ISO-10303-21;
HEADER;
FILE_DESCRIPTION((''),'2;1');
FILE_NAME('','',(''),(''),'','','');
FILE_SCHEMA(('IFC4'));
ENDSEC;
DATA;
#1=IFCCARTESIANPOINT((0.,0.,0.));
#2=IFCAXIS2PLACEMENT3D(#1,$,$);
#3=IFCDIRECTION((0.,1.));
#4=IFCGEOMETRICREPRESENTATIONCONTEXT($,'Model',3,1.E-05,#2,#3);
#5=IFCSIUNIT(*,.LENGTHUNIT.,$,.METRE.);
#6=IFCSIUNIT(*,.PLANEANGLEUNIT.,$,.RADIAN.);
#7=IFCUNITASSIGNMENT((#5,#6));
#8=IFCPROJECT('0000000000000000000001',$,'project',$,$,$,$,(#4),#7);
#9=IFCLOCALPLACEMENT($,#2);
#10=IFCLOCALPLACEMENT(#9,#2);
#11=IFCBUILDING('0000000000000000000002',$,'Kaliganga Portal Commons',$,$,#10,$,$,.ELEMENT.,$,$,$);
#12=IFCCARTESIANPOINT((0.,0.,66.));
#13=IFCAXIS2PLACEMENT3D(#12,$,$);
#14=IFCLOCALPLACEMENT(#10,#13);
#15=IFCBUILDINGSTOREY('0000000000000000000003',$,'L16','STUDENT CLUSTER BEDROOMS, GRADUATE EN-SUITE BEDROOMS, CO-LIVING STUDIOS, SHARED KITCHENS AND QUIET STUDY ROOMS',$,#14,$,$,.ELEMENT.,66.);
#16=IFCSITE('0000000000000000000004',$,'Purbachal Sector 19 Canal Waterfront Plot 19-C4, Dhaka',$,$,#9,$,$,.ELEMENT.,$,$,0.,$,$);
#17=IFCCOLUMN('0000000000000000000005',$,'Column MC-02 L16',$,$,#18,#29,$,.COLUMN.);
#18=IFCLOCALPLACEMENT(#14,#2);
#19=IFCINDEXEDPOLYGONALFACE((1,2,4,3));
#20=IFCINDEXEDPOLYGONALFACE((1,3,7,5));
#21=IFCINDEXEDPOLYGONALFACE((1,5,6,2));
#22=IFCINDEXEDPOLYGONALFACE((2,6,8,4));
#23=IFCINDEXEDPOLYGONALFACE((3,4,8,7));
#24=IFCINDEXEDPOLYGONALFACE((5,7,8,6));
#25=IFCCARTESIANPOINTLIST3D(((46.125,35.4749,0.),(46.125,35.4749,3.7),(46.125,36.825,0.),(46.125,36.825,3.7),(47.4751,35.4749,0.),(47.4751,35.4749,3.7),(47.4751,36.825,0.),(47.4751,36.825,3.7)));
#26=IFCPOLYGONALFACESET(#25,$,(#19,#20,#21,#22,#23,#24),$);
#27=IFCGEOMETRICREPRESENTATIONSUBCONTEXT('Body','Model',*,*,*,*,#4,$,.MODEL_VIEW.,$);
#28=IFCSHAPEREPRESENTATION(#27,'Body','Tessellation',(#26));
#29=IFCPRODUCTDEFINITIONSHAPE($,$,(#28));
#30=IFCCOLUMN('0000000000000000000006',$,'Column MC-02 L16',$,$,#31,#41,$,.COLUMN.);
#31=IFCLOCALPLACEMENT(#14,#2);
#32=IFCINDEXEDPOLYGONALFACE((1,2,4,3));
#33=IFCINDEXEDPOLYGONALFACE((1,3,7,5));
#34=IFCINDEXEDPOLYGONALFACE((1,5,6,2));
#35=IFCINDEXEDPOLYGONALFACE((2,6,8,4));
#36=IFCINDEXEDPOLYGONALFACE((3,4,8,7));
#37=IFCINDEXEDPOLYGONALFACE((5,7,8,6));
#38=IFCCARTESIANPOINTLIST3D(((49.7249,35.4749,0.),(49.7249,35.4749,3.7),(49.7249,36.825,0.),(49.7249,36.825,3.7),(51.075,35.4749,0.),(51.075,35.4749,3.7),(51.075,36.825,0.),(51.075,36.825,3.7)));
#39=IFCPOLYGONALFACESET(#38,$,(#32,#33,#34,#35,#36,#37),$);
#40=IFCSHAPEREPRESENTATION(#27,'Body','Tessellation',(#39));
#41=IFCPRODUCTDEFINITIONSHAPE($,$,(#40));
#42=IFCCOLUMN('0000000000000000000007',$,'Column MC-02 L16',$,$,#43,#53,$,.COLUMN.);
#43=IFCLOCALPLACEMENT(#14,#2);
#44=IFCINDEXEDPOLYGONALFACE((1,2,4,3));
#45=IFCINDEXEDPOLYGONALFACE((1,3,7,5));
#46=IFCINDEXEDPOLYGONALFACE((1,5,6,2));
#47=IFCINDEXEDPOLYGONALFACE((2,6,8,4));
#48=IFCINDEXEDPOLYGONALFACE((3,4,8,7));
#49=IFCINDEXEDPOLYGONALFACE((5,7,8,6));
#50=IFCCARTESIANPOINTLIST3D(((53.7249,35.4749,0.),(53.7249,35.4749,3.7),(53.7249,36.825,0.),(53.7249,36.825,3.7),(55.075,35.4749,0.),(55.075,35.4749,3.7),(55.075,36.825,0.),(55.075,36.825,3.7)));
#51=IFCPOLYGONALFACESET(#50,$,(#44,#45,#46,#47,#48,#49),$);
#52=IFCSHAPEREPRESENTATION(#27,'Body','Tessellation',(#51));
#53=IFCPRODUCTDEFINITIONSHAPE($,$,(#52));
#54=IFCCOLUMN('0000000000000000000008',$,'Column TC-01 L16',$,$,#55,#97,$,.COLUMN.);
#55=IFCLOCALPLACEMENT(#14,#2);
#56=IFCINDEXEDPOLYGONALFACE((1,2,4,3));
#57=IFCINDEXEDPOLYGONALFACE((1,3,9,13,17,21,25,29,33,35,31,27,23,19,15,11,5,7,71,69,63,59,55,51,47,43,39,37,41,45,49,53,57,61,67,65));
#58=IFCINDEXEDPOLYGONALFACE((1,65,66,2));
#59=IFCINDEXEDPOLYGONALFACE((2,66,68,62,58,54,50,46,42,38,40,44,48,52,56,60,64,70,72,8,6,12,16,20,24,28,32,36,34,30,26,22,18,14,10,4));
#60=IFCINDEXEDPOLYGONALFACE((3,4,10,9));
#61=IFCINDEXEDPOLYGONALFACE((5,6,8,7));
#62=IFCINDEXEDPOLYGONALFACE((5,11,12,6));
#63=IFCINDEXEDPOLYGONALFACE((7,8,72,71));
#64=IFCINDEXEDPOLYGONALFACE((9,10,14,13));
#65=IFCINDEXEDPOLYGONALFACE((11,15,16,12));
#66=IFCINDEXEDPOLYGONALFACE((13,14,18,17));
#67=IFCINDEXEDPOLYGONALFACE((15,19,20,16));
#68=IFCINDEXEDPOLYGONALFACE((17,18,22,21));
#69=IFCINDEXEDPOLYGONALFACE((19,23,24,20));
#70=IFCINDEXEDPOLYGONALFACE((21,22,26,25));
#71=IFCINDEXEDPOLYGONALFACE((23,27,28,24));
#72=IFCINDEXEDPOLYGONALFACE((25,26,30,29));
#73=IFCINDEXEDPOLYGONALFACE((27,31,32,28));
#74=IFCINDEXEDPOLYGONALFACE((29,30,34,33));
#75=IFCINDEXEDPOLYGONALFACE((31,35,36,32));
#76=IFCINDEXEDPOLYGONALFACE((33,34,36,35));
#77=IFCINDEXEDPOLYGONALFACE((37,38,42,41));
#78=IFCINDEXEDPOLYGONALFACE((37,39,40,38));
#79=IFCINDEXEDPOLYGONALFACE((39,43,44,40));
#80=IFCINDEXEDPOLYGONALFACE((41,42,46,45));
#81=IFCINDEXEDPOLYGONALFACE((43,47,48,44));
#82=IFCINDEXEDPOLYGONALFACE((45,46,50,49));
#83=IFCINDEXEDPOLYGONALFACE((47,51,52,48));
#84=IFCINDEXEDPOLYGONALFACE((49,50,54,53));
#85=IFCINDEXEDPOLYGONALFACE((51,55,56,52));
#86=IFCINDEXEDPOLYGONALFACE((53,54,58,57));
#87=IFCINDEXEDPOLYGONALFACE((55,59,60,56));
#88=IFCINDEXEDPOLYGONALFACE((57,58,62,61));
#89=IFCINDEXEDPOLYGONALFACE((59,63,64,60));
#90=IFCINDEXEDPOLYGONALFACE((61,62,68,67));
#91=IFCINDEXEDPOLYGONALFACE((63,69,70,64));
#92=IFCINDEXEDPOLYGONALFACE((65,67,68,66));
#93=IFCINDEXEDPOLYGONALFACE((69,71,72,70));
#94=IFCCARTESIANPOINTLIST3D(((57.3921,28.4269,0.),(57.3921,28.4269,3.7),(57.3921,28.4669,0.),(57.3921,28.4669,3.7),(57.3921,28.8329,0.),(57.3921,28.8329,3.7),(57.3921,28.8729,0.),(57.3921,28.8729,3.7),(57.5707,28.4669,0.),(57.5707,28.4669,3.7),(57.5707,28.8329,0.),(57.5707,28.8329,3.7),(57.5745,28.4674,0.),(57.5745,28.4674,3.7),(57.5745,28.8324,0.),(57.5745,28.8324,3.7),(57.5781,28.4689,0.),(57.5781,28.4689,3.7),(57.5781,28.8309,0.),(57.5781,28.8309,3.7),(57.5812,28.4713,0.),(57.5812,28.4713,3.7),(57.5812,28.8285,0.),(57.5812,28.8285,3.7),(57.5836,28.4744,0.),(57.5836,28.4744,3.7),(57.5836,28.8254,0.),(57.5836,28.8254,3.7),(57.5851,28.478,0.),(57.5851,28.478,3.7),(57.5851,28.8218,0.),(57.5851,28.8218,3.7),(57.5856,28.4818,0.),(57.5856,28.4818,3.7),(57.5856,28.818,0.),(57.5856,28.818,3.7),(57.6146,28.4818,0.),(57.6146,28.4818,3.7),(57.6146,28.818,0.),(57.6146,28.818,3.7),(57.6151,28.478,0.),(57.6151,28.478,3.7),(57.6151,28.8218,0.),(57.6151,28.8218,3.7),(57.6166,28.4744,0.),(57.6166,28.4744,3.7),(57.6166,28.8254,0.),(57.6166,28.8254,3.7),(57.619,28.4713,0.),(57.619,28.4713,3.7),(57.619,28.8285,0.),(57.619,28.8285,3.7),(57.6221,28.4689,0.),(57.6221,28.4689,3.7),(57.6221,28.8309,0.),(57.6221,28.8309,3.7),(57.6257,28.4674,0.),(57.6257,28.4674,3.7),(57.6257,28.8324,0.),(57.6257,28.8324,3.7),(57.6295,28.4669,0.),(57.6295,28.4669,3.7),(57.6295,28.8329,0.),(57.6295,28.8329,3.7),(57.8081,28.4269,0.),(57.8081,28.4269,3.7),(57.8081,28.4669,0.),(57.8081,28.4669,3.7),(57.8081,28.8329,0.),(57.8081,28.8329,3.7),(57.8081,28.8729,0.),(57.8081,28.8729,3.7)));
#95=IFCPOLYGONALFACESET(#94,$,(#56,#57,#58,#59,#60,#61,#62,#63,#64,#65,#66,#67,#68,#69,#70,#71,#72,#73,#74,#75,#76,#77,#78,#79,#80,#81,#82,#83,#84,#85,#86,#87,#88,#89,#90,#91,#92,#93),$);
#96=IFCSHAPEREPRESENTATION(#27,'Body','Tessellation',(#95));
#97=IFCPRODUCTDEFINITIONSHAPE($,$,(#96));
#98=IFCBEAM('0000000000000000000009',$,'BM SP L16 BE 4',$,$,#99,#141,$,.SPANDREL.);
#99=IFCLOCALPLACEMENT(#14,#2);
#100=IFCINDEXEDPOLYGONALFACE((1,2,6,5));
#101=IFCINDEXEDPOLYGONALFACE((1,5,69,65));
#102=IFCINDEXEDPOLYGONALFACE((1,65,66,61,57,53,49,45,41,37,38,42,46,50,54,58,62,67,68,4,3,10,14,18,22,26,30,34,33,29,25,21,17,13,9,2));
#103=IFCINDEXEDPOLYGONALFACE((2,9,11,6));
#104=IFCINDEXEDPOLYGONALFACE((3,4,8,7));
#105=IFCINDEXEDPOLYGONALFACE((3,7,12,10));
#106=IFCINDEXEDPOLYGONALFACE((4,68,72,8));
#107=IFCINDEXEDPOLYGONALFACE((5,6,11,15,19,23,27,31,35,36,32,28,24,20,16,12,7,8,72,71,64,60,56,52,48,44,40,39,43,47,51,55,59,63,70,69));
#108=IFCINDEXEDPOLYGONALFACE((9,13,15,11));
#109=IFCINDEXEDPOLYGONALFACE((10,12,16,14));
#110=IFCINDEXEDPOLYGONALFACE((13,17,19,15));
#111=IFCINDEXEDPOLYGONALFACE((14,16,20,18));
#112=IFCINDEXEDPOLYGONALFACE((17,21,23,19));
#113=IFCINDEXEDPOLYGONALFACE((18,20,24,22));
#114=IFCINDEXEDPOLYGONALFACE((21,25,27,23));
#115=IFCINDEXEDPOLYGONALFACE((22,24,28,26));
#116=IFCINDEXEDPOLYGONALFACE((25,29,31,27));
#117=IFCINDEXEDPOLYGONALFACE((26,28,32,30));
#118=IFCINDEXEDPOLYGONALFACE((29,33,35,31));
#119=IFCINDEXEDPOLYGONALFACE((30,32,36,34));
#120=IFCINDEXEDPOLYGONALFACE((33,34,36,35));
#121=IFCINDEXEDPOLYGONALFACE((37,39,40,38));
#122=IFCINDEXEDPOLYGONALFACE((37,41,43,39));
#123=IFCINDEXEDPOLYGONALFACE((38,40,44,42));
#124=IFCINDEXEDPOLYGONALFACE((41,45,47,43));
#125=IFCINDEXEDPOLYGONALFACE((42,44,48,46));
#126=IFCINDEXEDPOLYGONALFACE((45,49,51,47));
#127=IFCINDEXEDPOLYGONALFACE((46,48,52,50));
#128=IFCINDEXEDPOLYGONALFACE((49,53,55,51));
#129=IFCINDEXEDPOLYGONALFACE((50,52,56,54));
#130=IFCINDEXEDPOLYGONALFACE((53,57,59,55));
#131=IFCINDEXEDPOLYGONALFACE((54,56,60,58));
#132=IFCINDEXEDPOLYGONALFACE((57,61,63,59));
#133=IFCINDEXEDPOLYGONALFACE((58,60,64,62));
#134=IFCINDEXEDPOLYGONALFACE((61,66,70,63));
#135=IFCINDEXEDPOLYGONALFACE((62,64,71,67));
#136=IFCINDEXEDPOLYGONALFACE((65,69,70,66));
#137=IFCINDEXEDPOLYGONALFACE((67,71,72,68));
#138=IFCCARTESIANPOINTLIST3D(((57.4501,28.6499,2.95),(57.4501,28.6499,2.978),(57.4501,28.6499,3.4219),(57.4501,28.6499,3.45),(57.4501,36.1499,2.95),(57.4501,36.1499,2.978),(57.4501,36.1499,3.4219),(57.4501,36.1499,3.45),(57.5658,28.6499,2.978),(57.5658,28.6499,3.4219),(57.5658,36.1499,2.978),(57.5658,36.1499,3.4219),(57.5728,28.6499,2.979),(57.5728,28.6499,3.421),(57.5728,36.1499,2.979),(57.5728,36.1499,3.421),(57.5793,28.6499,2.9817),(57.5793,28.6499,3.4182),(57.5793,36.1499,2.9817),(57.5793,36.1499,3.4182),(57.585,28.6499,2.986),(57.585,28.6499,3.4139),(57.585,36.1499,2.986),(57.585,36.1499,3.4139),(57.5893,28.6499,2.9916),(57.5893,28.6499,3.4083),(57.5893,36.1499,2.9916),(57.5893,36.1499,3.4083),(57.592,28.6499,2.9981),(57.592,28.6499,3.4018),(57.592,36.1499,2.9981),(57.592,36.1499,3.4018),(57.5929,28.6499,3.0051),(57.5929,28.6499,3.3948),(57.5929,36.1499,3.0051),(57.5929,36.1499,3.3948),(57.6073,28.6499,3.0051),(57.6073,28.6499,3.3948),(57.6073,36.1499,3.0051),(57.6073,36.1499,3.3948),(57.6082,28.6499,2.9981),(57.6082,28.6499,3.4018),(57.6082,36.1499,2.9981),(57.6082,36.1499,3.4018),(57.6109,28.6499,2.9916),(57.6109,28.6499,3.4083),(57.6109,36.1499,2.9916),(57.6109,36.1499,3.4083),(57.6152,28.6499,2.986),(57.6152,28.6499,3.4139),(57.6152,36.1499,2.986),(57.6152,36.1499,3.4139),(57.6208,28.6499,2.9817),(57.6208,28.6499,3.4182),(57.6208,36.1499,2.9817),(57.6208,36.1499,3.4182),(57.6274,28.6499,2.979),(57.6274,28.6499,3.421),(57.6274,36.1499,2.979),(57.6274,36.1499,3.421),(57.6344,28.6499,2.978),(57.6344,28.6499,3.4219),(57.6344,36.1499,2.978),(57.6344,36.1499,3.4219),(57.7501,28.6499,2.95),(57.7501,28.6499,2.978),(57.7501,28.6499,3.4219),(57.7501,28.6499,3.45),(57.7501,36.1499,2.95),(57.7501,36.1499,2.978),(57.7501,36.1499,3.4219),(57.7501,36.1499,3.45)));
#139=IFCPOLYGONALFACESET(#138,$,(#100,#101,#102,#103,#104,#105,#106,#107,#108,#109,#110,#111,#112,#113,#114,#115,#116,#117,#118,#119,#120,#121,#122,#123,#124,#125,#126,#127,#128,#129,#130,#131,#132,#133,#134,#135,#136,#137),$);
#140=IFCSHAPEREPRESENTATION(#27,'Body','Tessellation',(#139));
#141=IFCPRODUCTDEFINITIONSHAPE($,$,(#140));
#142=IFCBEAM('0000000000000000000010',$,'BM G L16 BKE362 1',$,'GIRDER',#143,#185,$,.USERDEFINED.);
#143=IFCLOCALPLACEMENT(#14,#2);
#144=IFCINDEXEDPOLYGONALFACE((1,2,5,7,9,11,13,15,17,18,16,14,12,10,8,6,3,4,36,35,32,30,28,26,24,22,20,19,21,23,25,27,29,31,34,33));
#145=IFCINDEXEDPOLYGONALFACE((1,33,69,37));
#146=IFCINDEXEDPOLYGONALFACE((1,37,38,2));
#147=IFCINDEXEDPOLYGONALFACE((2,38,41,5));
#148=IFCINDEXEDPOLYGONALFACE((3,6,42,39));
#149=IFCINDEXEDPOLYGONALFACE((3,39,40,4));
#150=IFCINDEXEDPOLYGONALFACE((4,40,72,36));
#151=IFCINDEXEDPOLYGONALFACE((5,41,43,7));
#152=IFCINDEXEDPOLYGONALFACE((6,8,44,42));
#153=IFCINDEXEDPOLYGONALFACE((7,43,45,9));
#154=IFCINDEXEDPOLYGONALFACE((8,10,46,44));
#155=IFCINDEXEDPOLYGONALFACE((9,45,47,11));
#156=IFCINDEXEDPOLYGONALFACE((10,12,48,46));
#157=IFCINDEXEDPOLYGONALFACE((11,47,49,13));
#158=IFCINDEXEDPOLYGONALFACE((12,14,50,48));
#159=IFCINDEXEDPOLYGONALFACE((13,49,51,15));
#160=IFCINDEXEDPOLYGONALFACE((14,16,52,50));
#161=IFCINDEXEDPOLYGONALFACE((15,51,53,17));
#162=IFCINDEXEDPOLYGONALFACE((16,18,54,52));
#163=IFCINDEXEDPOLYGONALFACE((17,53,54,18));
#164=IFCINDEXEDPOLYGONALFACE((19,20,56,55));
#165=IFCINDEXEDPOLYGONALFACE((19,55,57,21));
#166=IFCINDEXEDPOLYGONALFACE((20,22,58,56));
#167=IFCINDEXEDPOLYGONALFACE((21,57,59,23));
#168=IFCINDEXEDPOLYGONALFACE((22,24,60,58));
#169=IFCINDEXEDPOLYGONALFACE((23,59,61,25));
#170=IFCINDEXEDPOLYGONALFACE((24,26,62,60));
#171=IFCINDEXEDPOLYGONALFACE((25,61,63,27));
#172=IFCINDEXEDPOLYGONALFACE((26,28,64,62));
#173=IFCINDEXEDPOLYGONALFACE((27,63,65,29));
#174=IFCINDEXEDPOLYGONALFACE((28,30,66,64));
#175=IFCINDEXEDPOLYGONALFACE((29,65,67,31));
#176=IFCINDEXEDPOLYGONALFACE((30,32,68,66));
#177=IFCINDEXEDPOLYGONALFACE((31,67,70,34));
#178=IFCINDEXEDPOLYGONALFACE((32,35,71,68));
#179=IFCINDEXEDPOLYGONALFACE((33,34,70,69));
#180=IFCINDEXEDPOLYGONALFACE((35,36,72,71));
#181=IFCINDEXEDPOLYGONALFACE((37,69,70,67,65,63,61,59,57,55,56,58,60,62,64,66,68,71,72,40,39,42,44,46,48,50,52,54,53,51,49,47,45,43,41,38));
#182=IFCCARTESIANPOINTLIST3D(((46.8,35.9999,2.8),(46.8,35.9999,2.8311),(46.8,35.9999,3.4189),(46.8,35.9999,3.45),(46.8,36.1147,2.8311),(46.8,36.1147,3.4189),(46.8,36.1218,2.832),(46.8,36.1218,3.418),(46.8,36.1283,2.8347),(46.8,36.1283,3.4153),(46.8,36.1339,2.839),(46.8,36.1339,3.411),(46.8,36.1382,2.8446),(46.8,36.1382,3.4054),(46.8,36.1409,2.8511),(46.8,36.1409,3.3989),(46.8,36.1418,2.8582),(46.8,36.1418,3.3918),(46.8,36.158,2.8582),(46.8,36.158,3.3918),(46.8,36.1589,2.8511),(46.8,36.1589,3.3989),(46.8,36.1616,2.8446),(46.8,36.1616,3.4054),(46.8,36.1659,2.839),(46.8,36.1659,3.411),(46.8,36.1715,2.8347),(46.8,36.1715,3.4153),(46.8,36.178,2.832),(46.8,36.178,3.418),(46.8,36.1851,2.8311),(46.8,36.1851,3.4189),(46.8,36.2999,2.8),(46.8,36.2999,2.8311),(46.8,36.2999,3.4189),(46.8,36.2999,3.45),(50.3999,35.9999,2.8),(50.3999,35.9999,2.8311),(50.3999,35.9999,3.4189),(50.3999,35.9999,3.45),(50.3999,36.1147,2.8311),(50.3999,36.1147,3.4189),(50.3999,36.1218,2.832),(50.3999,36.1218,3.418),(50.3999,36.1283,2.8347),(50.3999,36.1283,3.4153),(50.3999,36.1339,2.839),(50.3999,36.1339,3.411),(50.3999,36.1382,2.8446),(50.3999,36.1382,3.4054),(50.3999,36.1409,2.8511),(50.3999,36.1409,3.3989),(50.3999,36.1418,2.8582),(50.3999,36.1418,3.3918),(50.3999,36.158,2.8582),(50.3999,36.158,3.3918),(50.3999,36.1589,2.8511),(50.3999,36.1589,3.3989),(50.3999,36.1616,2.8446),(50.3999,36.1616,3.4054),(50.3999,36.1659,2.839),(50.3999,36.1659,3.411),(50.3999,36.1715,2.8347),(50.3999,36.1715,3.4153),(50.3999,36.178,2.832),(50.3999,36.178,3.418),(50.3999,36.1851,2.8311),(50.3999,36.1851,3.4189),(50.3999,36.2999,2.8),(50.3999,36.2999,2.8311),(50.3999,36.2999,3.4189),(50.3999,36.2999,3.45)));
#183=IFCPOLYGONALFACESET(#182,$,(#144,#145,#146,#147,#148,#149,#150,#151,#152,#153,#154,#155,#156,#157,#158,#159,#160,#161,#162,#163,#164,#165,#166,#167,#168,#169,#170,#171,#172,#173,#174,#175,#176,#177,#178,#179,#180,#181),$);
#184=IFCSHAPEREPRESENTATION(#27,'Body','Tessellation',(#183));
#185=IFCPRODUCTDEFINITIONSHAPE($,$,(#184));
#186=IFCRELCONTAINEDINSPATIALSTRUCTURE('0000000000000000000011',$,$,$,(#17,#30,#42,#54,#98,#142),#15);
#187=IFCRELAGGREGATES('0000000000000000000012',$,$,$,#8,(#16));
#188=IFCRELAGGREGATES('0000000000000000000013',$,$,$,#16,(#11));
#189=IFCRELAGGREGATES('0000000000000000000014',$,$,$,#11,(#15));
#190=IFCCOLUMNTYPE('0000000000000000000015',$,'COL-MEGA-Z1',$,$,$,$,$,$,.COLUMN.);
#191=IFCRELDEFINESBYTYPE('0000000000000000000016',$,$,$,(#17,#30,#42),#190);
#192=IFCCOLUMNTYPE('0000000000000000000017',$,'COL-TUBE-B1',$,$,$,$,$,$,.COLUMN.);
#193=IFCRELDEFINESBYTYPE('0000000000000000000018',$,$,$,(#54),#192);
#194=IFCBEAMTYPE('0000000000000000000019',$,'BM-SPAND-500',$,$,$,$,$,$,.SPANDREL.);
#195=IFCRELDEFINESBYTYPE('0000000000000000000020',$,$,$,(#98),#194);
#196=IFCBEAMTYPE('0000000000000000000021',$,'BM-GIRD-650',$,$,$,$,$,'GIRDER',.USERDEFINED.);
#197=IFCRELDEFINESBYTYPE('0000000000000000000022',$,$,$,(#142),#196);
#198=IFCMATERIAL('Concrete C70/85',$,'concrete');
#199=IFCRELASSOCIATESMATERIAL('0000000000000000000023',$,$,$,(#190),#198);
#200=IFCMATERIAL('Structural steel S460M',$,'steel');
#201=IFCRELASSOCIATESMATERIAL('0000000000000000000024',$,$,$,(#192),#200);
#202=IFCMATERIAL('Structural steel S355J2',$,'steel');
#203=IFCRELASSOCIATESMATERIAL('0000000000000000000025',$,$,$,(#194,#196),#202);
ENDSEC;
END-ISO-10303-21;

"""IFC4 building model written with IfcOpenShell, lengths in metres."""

from ifc_helpers import new_model, si_unit, direction, frame, origin, origin_2d, place, context, subcontext, project, spatial, rectangle, i_section, extrude, source, transform, mapped, material, material_profile, profile_set, type_object, element, save


model = new_model("IFC4")

# Units and contexts
model_context = context("Model", 3, precision=1e-05, world=origin(), true_north=direction((0.0, 1.0)))
body_context = subcontext(model_context, "Body", "Model", "MODEL_VIEW")
ifc_project = project(units=[si_unit("LENGTHUNIT", "METRE"), si_unit("PLANEANGLEUNIT", "RADIAN")], contexts=[model_context])

# Site, building, storey
site_placement = place(None, origin())
site = spatial("IfcSite", under=ifc_project, at=site_placement, Name="Purbachal Sector 19 Canal Waterfront Plot 19-C4, Dhaka", CompositionType="ELEMENT", RefElevation=0.0)
building_placement = place(site_placement, origin())
building = spatial("IfcBuilding", under=site, at=building_placement, Name="Kaliganga Portal Commons", CompositionType="ELEMENT")
storey_placement = place(building_placement, frame((0.0, 0.0, 66.0)))
storey = spatial("IfcBuildingStorey", under=building, at=storey_placement, Name="L16", Description="STUDENT CLUSTER BEDROOMS, GRADUATE EN-SUITE BEDROOMS, CO-LIVING STUDIOS, SHARED KITCHENS AND QUIET STUDY ROOMS", CompositionType="ELEMENT", Elevation=66.0)

# Columns
ifc_material_1 = material(Name="Concrete C70/85", Category="concrete")
ifc_material_profile_1 = material_profile(ifc_material_1, rectangle(XDim=1.3501, YDim=1.3501, at=origin_2d()), Name="RC 1350x1350")
ifc_profile_set_1 = profile_set([ifc_material_profile_1], Name="Concrete C70/85")
column_type_1 = type_object("IfcColumnType", Name="COL-MEGA-Z1", PredefinedType="COLUMN", material=ifc_profile_set_1)
shared_shape_1 = source(origin(), body_context, "Body", "SweptSolid", [
    extrude(rectangle(XDim=1.3501, YDim=1.3501, at=origin_2d()), origin(), (0.0, 0.0, 1.0), 3.7),
])
for number, where, z_axis, x_axis, name in (
    (1, (46.8, 36.1499, 0.0), (0.0, 0.0, 1.0), (1.0, 0.0, 0.0), "Column MC-02 L16"),
    (2, (50.3999, 36.1499, 0.0), (0.0, 0.0, 1.0), (1.0, 0.0, 0.0), "Column MC-02 L16"),
    (3, (54.3999, 36.1499, 0.0), (0.0, 0.0, 1.0), (1.0, 0.0, 0.0), "Column MC-02 L16"),
):
    element("IfcColumn", number, at=place(storey_placement, frame(where, z_axis=z_axis, x_axis=x_axis)), inside=storey, type_object=column_type_1, Name=name, PredefinedType="COLUMN", context=body_context, shape_type="MappedRepresentation", body=[
        mapped(shared_shape_1, transform((0.0, 0.0, 0.0), x_axis=(1.0, 0.0, 0.0), y_axis=(0.0, 1.0, 0.0), z_axis=(0.0, 0.0, 1.0), scale=1.0)),
    ])
ifc_material_2 = material(Name="Structural steel S460M", Category="steel")
ifc_material_profile_2 = material_profile(ifc_material_2, i_section(OverallWidth=0.416, OverallDepth=0.446, WebThickness=0.0291, FlangeThickness=0.04, FilletRadius=0.0149, at=origin_2d()), Name="HD 400x509")
ifc_profile_set_2 = profile_set([ifc_material_profile_2], Name="Structural steel S460M wide-flange")
column_type_2 = type_object("IfcColumnType", Name="COL-TUBE-B1", PredefinedType="COLUMN", material=ifc_profile_set_2)
shared_shape_2 = source(origin(), body_context, "Body", "SweptSolid", [
    extrude(i_section(OverallWidth=0.416, OverallDepth=0.446, WebThickness=0.0291, FlangeThickness=0.04, FilletRadius=0.0149, at=origin_2d()), origin(), (0.0, 0.0, 1.0), 3.7),
])
column_placement = place(storey_placement, frame((57.6001, 28.6499, 0.0), z_axis=(0.0, 0.0, 1.0), x_axis=(1.0, 0.0, 0.0)))
element("IfcColumn", 4, at=column_placement, inside=storey, type_object=column_type_2, Name="Column TC-01 L16", PredefinedType="COLUMN", context=body_context, shape_type="MappedRepresentation", body=[
    mapped(shared_shape_2, transform((0.0, 0.0, 0.0), x_axis=(1.0, 0.0, 0.0), y_axis=(0.0, 1.0, 0.0), z_axis=(0.0, 0.0, 1.0), scale=1.0)),
])

# Beams
ifc_material_3 = material(Name="Structural steel S355J2", Category="steel")
ifc_material_profile_3 = material_profile(ifc_material_3, i_section(OverallWidth=0.3, OverallDepth=0.5, WebThickness=0.0144, FlangeThickness=0.0281, FilletRadius=0.0271, at=origin_2d()), Name="HE 500 B")
ifc_profile_set_3 = profile_set([ifc_material_profile_3], Name="Structural steel S355J2 wide-flange")
beam_type_1 = type_object("IfcBeamType", Name="BM-SPAND-500", PredefinedType="SPANDREL", material=ifc_profile_set_3)
shared_shape_3 = source(origin(), body_context, "Body", "SweptSolid", [
    extrude(i_section(OverallWidth=0.3, OverallDepth=0.5, WebThickness=0.0144, FlangeThickness=0.0281, FilletRadius=0.0271, at=origin_2d()), origin(), (0.0, 0.0, 1.0), 7.5),
])
beam_1_placement = place(storey_placement, frame((57.6001, 28.6499, 3.2), z_axis=(0.0, 1.0, 0.0), x_axis=(-1.0, 0.0, 0.0)))
element("IfcBeam", 5, at=beam_1_placement, inside=storey, type_object=beam_type_1, Name="BM SP L16 BE 4", PredefinedType="SPANDREL", context=body_context, shape_type="MappedRepresentation", body=[
    mapped(shared_shape_3, transform((0.0, 0.0, 0.0), x_axis=(1.0, 0.0, 0.0), y_axis=(0.0, 1.0, 0.0), z_axis=(0.0, 0.0, 1.0), scale=1.0)),
])
ifc_material_profile_4 = material_profile(ifc_material_3, i_section(OverallWidth=0.3, OverallDepth=0.6499, WebThickness=0.0161, FlangeThickness=0.031, FilletRadius=0.0271, at=origin_2d()), Name="HE 650 B")
ifc_profile_set_4 = profile_set([ifc_material_profile_4], Name="Structural steel S355J2 wide-flange")
beam_type_2 = type_object("IfcBeamType", Name="BM-GIRD-650", ElementType="GIRDER", PredefinedType="USERDEFINED", material=ifc_profile_set_4)
shared_shape_4 = source(origin(), body_context, "Body", "SweptSolid", [
    extrude(i_section(OverallWidth=0.3, OverallDepth=0.6499, WebThickness=0.0161, FlangeThickness=0.031, FilletRadius=0.0271, at=origin_2d()), origin(), (0.0, 0.0, 1.0), 3.5999),
])
beam_2_placement = place(storey_placement, frame((46.8, 36.1499, 3.125), z_axis=(1.0, 0.0, 0.0), x_axis=(0.0, 1.0, 0.0)))
element("IfcBeam", 6, at=beam_2_placement, inside=storey, type_object=beam_type_2, Name="BM G L16 BKE362 1", ObjectType="GIRDER", PredefinedType="USERDEFINED", context=body_context, shape_type="MappedRepresentation", body=[
    mapped(shared_shape_4, transform((0.0, 0.0, 0.0), x_axis=(1.0, 0.0, 0.0), y_axis=(0.0, 1.0, 0.0), z_axis=(0.0, 0.0, 1.0), scale=1.0)),
])

save(model, "model.ifc")
